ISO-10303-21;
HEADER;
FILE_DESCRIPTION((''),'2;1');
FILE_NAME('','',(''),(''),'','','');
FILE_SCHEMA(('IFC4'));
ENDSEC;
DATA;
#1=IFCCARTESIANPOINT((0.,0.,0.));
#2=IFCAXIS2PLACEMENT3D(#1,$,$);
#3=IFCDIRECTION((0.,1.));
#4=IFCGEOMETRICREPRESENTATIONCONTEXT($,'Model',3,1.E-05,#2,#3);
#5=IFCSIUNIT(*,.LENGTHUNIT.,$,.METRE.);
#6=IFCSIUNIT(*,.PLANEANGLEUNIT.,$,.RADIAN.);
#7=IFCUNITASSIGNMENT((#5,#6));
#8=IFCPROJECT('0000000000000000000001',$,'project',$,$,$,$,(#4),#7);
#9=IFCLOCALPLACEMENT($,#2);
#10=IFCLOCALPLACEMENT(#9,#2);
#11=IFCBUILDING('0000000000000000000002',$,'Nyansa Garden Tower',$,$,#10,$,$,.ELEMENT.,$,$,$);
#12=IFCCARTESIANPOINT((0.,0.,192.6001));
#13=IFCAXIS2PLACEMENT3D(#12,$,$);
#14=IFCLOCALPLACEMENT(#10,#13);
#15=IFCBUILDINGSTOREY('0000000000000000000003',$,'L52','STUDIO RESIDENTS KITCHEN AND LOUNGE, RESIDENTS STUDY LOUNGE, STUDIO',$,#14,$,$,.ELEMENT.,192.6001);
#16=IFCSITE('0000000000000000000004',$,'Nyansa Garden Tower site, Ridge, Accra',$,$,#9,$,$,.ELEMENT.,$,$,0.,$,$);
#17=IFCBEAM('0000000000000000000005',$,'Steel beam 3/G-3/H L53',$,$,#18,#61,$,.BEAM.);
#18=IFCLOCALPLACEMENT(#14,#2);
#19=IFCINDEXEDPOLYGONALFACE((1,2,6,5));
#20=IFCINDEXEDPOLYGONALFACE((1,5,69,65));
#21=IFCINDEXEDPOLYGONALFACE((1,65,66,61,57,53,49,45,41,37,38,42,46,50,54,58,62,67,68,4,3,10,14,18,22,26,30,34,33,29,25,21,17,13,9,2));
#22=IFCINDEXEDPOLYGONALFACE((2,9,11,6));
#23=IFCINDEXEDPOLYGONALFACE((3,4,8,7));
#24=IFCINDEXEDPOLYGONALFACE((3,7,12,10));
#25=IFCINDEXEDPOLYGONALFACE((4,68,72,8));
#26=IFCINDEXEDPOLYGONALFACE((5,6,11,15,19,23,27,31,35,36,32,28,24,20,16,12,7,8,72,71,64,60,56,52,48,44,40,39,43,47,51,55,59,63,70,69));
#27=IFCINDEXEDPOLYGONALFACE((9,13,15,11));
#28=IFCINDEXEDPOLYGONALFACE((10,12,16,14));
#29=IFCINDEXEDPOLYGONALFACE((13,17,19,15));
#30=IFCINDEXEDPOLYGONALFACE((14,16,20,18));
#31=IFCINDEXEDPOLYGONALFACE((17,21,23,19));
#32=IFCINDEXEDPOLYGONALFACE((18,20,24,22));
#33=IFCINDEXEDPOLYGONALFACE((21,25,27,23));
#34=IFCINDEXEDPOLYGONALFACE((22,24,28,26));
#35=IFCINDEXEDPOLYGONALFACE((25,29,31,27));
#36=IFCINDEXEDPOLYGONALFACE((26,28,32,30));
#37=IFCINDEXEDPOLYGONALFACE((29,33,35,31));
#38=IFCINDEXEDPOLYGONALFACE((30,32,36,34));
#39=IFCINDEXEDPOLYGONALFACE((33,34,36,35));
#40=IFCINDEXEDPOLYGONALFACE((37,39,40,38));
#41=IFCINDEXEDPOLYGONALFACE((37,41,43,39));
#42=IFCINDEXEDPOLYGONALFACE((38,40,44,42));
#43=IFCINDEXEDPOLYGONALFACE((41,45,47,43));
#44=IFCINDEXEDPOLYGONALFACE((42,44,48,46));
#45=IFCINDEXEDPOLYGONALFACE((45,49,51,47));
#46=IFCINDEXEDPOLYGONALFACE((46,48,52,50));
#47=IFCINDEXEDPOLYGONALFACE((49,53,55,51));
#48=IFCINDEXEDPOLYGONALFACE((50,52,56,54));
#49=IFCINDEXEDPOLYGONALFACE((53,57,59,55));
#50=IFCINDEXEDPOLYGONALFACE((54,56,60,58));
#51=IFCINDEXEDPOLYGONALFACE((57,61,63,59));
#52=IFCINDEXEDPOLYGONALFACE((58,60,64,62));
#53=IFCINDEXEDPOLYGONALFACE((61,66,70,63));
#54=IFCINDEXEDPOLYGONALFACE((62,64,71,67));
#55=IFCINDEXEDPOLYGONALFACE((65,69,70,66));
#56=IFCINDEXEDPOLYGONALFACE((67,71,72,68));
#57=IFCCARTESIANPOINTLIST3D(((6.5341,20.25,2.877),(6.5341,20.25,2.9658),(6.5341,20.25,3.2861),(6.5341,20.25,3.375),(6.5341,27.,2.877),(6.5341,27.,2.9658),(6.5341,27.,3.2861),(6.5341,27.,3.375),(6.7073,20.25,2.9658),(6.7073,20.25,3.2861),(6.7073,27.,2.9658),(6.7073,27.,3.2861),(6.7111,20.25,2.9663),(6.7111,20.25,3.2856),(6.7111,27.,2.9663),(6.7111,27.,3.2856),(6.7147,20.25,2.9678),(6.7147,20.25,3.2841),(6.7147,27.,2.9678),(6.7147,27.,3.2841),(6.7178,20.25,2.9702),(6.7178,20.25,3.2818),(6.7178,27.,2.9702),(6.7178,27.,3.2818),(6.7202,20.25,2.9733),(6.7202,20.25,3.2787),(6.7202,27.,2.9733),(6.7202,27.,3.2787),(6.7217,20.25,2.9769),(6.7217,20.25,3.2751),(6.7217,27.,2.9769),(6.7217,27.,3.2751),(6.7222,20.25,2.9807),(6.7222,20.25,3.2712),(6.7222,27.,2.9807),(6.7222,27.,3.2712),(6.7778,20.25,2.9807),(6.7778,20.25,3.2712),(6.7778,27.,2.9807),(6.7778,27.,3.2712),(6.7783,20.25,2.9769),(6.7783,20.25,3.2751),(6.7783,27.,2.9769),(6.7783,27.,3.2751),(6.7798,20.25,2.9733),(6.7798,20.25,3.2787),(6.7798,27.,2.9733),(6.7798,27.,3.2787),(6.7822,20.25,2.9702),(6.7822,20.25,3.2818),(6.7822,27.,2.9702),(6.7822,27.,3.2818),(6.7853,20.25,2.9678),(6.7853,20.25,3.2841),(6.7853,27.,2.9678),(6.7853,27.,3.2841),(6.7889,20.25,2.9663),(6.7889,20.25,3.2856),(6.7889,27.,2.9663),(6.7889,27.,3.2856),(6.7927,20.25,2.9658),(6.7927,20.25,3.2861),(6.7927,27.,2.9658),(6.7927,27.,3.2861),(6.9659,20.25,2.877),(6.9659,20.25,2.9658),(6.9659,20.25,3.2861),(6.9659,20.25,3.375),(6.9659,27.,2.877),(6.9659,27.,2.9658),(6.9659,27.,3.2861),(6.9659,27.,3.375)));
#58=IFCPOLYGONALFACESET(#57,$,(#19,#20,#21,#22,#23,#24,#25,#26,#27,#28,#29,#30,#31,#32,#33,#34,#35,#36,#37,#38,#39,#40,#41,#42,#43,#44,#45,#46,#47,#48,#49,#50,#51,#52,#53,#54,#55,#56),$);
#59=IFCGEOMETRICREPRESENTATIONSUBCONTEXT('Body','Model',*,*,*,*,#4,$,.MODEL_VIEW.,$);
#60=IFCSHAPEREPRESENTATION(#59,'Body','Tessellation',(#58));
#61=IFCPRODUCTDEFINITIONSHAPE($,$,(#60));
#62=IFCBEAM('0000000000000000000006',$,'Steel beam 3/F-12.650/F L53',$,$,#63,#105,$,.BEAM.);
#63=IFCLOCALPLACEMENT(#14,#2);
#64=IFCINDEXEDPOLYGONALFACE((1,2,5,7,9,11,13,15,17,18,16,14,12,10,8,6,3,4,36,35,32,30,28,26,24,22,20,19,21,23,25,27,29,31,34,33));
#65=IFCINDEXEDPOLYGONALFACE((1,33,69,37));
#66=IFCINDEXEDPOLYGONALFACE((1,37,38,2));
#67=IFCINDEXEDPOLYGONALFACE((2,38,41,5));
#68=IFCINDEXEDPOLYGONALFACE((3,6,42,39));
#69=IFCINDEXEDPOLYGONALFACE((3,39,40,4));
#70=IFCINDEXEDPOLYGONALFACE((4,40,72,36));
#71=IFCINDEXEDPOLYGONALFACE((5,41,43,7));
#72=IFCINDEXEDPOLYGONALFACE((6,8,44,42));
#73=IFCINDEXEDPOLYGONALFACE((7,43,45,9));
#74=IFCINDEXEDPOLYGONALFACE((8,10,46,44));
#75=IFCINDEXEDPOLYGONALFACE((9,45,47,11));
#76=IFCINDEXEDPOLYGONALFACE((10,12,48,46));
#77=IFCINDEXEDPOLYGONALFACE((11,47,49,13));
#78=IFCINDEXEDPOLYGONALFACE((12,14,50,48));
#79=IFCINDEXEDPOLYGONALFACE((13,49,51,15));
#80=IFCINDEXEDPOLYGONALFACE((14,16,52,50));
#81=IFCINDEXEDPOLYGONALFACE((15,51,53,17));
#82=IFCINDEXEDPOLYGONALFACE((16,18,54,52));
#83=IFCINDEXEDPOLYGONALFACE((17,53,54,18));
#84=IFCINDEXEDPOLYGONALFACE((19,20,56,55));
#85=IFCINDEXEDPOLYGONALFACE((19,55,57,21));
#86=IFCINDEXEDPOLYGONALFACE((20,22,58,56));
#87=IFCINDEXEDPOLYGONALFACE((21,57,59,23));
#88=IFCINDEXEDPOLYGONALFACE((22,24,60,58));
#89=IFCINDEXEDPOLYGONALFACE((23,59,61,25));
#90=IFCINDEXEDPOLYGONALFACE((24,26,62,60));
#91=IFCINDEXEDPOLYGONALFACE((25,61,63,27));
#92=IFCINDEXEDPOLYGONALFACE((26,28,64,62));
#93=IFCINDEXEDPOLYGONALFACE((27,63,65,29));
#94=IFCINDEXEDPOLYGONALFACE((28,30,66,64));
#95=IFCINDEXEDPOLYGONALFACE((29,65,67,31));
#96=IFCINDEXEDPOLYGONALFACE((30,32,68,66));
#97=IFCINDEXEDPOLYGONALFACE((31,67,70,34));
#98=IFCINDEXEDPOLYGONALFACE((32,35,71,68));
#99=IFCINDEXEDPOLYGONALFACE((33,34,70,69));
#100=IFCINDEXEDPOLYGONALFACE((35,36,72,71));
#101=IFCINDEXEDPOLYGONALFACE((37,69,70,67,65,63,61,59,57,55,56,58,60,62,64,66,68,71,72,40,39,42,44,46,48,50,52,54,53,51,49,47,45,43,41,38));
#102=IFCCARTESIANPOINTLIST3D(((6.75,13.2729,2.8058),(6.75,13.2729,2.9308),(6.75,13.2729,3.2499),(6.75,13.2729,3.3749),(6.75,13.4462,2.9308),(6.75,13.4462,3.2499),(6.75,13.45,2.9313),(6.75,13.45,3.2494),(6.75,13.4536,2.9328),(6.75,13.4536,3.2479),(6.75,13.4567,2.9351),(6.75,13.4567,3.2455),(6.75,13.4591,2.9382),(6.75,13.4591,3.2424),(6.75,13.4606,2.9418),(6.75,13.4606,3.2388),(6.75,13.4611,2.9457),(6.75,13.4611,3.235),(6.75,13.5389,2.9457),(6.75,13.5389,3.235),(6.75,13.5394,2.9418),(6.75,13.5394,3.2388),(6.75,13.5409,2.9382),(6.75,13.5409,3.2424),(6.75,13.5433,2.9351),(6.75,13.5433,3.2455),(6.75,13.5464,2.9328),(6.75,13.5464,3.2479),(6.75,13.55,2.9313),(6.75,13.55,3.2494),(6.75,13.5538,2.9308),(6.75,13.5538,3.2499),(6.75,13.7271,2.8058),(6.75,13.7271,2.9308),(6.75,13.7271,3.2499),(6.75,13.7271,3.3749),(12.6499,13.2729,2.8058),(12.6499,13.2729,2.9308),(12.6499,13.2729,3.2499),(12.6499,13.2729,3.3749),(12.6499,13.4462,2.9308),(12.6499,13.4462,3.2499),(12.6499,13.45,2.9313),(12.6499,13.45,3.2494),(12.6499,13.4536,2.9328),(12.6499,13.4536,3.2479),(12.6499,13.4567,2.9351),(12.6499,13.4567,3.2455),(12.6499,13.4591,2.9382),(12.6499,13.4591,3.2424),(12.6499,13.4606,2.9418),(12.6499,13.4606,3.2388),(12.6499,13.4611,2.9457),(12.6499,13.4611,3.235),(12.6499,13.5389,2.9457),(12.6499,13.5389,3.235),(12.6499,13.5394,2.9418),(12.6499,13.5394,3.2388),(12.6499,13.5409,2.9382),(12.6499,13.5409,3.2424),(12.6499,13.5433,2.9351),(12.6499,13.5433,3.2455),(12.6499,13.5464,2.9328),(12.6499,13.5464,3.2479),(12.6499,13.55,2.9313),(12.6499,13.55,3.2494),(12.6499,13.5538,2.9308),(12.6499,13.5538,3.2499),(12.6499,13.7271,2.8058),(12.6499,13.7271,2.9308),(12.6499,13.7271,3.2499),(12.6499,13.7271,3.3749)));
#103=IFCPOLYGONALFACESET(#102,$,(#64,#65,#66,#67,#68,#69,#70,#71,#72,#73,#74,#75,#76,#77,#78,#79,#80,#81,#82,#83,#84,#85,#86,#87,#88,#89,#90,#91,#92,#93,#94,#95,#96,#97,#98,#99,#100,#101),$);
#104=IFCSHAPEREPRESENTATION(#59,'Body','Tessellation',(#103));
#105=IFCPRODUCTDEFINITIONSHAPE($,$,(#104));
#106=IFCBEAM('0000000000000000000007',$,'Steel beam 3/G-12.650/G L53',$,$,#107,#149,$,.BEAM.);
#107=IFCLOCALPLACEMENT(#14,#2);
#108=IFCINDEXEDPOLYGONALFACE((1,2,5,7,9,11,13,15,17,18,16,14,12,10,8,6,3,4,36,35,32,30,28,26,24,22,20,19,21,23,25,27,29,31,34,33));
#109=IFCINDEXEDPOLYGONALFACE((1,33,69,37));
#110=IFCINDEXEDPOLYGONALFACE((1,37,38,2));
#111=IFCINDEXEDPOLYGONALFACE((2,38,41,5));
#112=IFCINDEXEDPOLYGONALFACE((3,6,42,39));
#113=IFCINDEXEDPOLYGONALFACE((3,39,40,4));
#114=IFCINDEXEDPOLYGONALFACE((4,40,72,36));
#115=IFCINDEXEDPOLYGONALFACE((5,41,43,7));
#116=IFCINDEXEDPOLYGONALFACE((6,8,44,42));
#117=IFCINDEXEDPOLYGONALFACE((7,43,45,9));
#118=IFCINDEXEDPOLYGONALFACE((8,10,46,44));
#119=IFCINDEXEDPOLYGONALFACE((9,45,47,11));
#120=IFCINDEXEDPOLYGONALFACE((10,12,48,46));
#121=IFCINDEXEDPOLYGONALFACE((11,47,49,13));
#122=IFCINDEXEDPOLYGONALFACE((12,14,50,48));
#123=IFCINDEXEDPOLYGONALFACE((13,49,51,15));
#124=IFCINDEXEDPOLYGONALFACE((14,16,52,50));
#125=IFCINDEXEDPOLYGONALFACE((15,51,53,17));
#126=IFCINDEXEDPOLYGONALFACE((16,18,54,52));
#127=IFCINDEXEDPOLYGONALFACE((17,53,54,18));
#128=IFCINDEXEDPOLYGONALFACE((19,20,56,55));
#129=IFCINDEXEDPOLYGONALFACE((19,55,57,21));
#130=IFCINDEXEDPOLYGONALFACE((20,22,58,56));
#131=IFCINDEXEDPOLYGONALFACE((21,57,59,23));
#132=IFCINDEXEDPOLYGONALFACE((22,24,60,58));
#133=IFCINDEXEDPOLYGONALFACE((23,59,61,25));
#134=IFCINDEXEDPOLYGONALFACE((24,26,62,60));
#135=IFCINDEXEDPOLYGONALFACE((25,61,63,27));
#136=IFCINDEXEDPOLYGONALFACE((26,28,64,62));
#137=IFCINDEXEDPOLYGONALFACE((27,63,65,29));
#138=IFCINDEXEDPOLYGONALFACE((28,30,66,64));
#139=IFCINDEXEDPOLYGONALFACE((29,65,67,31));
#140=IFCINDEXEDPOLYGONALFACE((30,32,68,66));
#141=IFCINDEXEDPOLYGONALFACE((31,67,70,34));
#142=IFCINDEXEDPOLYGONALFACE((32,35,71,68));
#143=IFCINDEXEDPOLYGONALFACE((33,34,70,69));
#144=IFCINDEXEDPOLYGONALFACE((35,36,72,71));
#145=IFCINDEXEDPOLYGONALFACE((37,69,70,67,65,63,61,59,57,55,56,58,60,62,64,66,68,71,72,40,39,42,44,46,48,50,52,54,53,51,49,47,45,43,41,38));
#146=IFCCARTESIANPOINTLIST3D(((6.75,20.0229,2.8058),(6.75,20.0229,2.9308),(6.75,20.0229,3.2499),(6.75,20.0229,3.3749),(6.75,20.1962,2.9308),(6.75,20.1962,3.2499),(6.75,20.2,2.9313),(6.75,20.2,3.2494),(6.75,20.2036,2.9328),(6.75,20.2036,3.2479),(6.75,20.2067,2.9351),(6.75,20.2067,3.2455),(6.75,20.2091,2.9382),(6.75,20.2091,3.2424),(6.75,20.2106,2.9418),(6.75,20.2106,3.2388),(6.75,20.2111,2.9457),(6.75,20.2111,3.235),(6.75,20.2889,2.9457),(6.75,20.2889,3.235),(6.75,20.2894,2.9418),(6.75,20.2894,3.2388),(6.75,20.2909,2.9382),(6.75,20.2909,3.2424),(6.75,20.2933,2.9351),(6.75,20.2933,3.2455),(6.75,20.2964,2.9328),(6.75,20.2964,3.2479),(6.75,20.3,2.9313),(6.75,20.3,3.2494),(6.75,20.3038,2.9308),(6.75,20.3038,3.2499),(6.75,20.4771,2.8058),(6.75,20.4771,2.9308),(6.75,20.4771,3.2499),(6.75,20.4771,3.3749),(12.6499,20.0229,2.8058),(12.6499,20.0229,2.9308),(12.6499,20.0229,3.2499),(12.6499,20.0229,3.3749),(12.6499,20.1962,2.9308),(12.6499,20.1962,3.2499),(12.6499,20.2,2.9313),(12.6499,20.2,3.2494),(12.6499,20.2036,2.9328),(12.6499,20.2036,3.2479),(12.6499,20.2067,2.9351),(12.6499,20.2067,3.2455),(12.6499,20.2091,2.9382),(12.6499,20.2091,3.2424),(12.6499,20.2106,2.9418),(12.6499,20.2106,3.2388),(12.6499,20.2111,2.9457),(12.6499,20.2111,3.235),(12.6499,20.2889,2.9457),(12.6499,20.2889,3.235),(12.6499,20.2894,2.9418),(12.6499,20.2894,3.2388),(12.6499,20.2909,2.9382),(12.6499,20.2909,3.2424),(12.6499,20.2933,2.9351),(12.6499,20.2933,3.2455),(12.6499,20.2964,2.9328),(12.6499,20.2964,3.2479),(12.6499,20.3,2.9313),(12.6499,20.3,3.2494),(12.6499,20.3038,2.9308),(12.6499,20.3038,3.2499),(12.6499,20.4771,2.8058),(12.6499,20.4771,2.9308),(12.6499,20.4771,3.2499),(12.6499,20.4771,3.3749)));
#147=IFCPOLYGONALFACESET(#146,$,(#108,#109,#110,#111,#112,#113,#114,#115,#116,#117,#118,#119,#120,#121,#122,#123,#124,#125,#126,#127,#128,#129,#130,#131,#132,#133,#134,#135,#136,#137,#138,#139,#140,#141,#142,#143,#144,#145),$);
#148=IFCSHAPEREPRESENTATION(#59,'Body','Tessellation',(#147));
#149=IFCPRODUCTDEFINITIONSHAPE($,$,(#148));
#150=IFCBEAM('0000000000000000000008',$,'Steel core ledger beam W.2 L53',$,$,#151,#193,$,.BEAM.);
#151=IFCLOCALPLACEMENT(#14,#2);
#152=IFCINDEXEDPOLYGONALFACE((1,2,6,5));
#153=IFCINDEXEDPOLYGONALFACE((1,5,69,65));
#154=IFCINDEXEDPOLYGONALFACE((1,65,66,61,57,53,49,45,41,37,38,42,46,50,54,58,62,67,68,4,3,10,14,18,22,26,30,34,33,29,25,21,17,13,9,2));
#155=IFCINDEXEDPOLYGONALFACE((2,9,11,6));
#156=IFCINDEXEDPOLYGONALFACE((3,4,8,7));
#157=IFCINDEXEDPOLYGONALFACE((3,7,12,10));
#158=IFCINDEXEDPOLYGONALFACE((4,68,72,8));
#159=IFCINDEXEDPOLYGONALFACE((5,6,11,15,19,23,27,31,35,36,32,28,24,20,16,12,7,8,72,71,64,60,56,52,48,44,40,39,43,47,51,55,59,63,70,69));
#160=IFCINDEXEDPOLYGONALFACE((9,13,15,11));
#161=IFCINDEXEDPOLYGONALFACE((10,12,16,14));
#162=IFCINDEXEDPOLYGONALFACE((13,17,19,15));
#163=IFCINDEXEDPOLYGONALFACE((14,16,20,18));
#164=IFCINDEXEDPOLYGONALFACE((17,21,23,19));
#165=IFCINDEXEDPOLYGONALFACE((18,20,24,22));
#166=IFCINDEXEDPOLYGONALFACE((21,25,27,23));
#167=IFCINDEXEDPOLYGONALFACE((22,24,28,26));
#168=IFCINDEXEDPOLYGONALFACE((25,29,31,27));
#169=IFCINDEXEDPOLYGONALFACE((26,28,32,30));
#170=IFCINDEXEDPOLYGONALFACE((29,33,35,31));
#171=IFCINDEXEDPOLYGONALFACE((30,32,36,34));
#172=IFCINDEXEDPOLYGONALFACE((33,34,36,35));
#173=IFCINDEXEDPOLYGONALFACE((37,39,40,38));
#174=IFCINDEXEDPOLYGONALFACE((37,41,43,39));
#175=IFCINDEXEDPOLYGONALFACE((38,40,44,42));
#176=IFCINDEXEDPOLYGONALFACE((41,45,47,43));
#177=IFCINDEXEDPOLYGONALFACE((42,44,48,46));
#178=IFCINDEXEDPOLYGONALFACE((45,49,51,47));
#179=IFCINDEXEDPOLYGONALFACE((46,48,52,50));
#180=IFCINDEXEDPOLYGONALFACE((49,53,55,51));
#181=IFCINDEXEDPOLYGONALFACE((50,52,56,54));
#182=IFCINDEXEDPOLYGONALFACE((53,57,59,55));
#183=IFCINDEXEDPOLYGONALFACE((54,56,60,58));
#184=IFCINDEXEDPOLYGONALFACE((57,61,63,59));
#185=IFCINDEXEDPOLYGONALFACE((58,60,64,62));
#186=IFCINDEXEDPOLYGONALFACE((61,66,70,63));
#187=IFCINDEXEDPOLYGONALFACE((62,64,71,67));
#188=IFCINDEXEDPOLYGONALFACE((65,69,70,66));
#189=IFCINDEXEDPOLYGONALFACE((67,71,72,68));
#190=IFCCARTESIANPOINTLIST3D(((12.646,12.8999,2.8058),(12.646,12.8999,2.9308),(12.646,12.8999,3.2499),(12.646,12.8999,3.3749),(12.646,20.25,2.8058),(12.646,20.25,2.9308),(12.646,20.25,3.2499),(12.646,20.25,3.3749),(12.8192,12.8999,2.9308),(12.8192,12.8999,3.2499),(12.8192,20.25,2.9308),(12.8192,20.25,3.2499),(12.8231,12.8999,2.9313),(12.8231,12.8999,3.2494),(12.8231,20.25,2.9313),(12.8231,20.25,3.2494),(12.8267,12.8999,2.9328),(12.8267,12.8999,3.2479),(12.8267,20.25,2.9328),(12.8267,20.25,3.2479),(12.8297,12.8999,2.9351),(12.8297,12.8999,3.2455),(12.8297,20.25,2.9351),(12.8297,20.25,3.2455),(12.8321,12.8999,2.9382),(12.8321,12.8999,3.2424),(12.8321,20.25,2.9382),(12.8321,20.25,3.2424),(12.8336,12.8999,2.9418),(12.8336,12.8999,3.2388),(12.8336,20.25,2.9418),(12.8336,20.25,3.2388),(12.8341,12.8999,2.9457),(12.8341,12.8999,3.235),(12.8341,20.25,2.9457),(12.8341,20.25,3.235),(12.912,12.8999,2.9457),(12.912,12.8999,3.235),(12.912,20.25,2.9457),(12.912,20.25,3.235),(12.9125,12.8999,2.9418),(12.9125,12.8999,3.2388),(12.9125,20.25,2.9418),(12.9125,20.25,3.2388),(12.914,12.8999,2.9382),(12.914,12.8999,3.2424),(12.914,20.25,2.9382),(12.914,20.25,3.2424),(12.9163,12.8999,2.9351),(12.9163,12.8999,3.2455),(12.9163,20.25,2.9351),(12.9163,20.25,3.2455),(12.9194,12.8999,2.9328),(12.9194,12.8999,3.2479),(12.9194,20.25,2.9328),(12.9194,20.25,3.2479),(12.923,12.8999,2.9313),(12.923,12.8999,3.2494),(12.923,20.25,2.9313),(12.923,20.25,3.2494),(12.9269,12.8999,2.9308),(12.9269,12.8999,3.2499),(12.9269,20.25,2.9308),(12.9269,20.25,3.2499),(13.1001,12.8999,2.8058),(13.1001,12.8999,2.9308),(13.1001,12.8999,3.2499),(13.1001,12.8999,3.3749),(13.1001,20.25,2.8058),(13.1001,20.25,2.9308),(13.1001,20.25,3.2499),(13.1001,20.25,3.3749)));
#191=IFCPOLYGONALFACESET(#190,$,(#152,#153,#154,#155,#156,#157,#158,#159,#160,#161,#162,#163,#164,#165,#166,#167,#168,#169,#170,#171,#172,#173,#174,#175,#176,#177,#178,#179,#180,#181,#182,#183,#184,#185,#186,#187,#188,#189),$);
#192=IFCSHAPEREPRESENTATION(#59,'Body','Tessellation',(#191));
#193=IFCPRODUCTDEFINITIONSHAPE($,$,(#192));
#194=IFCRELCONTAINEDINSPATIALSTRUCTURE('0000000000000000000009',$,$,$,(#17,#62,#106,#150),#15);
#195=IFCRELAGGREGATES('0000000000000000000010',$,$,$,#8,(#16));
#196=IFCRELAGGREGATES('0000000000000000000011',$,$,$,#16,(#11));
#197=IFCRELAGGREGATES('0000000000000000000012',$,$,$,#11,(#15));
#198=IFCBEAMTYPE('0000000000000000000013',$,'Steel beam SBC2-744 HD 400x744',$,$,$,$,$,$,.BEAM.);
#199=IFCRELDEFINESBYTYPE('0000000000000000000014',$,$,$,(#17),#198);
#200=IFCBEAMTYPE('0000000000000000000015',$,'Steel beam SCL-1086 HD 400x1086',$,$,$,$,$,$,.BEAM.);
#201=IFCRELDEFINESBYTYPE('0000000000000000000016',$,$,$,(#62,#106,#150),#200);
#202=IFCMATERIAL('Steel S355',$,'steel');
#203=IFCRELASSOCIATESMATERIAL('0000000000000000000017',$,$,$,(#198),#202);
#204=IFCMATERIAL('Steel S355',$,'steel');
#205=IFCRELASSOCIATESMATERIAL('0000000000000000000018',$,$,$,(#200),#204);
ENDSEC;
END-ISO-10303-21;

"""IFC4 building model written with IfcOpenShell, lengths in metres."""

from ifc_helpers import new_model, si_unit, direction, frame, origin, origin_2d, place, context, subcontext, project, spatial, i_section, extrude, material, material_profile, profile_set, type_object, element, save


model = new_model("IFC4")

# Units and contexts
model_context = context("Model", 3, precision=1e-05, world=origin(), true_north=direction((0.0, 1.0)))
body_context = subcontext(model_context, "Body", "Model", "MODEL_VIEW")
ifc_project = project(units=[si_unit("LENGTHUNIT", "METRE"), si_unit("PLANEANGLEUNIT", "RADIAN")], contexts=[model_context])

# Site, building, storey
site_placement = place(None, origin())
site = spatial("IfcSite", under=ifc_project, at=site_placement, Name="Nyansa Garden Tower site, Ridge, Accra", CompositionType="ELEMENT", RefElevation=0.0)
building_placement = place(site_placement, origin())
building = spatial("IfcBuilding", under=site, at=building_placement, Name="Nyansa Garden Tower", CompositionType="ELEMENT")
storey_placement = place(building_placement, frame((0.0, 0.0, 192.6001)))
storey = spatial("IfcBuildingStorey", under=building, at=storey_placement, Name="L52", Description="STUDIO RESIDENTS KITCHEN AND LOUNGE, RESIDENTS STUDY LOUNGE, STUDIO", CompositionType="ELEMENT", Elevation=192.6001)

# Beams
ifc_material_1 = material(Name="Steel S355", Category="steel")
ifc_material_profile_1 = material_profile(ifc_material_1, i_section(OverallWidth=0.4319, OverallDepth=0.498, WebThickness=0.0557, FlangeThickness=0.0889, FilletRadius=0.0149, at=origin_2d()), Name="HD 400x744")
ifc_profile_set_1 = profile_set([ifc_material_profile_1], Name="Steel S355")
beam_type_1 = type_object("IfcBeamType", Name="Steel beam SBC2-744 HD 400x744", PredefinedType="BEAM", material=ifc_profile_set_1)
for number, where, z_axis, x_axis, name in (
    (1, (6.75, 20.25, 3.126), (0.0, 1.0, 0.0), (-1.0, 0.0, 0.0), "Steel beam 3/G-3/H L53"),
):
    element("IfcBeam", number, at=place(storey_placement, frame(where, z_axis=z_axis, x_axis=x_axis)), inside=storey, type_object=beam_type_1, Name=name, PredefinedType="BEAM", context=body_context, shape_type="SweptSolid", body=[
        extrude(i_section(OverallWidth=0.4319, OverallDepth=0.498, WebThickness=0.0557, FlangeThickness=0.0889, FilletRadius=0.0149, at=origin_2d()), origin(), (0.0, 0.0, 1.0), 6.75),
    ])
ifc_material_2 = material(Name="Steel S355", Category="steel")
ifc_material_profile_2 = material_profile(ifc_material_2, i_section(OverallWidth=0.4541, OverallDepth=0.5691, WebThickness=0.0779, FlangeThickness=0.125, FilletRadius=0.0149, at=origin_2d()), Name="HD 400x1086")
ifc_profile_set_2 = profile_set([ifc_material_profile_2], Name="Steel S355")
beam_type_2 = type_object("IfcBeamType", Name="Steel beam SCL-1086 HD 400x1086", PredefinedType="BEAM", material=ifc_profile_set_2)
for number, where, z_axis, x_axis, name in (
    (2, (6.75, 13.5, 3.0903), (1.0, 0.0, 0.0), (0.0, 1.0, 0.0), "Steel beam 3/F-12.650/F L53"),
    (3, (6.75, 20.25, 3.0903), (1.0, 0.0, 0.0), (0.0, 1.0, 0.0), "Steel beam 3/G-12.650/G L53"),
):
    element("IfcBeam", number, at=place(storey_placement, frame(where, z_axis=z_axis, x_axis=x_axis)), inside=storey, type_object=beam_type_2, Name=name, PredefinedType="BEAM", context=body_context, shape_type="SweptSolid", body=[
        extrude(i_section(OverallWidth=0.4541, OverallDepth=0.5691, WebThickness=0.0779, FlangeThickness=0.125, FilletRadius=0.0149, at=origin_2d()), origin(), (0.0, 0.0, 1.0), 5.8999),
    ])
beam_placement = place(storey_placement, frame((12.873, 20.25, 3.0903), z_axis=(0.0, -1.0, 0.0), x_axis=(1.0, 0.0, 0.0)))
element("IfcBeam", 4, at=beam_placement, inside=storey, type_object=beam_type_2, Name="Steel core ledger beam W.2 L53", PredefinedType="BEAM", context=body_context, shape_type="SweptSolid", body=[
    extrude(i_section(OverallWidth=0.4541, OverallDepth=0.5691, WebThickness=0.0779, FlangeThickness=0.125, FilletRadius=0.0149, at=origin_2d()), origin(), (0.0, 0.0, 1.0), 7.3501),
])

save(model, "model.ifc")
